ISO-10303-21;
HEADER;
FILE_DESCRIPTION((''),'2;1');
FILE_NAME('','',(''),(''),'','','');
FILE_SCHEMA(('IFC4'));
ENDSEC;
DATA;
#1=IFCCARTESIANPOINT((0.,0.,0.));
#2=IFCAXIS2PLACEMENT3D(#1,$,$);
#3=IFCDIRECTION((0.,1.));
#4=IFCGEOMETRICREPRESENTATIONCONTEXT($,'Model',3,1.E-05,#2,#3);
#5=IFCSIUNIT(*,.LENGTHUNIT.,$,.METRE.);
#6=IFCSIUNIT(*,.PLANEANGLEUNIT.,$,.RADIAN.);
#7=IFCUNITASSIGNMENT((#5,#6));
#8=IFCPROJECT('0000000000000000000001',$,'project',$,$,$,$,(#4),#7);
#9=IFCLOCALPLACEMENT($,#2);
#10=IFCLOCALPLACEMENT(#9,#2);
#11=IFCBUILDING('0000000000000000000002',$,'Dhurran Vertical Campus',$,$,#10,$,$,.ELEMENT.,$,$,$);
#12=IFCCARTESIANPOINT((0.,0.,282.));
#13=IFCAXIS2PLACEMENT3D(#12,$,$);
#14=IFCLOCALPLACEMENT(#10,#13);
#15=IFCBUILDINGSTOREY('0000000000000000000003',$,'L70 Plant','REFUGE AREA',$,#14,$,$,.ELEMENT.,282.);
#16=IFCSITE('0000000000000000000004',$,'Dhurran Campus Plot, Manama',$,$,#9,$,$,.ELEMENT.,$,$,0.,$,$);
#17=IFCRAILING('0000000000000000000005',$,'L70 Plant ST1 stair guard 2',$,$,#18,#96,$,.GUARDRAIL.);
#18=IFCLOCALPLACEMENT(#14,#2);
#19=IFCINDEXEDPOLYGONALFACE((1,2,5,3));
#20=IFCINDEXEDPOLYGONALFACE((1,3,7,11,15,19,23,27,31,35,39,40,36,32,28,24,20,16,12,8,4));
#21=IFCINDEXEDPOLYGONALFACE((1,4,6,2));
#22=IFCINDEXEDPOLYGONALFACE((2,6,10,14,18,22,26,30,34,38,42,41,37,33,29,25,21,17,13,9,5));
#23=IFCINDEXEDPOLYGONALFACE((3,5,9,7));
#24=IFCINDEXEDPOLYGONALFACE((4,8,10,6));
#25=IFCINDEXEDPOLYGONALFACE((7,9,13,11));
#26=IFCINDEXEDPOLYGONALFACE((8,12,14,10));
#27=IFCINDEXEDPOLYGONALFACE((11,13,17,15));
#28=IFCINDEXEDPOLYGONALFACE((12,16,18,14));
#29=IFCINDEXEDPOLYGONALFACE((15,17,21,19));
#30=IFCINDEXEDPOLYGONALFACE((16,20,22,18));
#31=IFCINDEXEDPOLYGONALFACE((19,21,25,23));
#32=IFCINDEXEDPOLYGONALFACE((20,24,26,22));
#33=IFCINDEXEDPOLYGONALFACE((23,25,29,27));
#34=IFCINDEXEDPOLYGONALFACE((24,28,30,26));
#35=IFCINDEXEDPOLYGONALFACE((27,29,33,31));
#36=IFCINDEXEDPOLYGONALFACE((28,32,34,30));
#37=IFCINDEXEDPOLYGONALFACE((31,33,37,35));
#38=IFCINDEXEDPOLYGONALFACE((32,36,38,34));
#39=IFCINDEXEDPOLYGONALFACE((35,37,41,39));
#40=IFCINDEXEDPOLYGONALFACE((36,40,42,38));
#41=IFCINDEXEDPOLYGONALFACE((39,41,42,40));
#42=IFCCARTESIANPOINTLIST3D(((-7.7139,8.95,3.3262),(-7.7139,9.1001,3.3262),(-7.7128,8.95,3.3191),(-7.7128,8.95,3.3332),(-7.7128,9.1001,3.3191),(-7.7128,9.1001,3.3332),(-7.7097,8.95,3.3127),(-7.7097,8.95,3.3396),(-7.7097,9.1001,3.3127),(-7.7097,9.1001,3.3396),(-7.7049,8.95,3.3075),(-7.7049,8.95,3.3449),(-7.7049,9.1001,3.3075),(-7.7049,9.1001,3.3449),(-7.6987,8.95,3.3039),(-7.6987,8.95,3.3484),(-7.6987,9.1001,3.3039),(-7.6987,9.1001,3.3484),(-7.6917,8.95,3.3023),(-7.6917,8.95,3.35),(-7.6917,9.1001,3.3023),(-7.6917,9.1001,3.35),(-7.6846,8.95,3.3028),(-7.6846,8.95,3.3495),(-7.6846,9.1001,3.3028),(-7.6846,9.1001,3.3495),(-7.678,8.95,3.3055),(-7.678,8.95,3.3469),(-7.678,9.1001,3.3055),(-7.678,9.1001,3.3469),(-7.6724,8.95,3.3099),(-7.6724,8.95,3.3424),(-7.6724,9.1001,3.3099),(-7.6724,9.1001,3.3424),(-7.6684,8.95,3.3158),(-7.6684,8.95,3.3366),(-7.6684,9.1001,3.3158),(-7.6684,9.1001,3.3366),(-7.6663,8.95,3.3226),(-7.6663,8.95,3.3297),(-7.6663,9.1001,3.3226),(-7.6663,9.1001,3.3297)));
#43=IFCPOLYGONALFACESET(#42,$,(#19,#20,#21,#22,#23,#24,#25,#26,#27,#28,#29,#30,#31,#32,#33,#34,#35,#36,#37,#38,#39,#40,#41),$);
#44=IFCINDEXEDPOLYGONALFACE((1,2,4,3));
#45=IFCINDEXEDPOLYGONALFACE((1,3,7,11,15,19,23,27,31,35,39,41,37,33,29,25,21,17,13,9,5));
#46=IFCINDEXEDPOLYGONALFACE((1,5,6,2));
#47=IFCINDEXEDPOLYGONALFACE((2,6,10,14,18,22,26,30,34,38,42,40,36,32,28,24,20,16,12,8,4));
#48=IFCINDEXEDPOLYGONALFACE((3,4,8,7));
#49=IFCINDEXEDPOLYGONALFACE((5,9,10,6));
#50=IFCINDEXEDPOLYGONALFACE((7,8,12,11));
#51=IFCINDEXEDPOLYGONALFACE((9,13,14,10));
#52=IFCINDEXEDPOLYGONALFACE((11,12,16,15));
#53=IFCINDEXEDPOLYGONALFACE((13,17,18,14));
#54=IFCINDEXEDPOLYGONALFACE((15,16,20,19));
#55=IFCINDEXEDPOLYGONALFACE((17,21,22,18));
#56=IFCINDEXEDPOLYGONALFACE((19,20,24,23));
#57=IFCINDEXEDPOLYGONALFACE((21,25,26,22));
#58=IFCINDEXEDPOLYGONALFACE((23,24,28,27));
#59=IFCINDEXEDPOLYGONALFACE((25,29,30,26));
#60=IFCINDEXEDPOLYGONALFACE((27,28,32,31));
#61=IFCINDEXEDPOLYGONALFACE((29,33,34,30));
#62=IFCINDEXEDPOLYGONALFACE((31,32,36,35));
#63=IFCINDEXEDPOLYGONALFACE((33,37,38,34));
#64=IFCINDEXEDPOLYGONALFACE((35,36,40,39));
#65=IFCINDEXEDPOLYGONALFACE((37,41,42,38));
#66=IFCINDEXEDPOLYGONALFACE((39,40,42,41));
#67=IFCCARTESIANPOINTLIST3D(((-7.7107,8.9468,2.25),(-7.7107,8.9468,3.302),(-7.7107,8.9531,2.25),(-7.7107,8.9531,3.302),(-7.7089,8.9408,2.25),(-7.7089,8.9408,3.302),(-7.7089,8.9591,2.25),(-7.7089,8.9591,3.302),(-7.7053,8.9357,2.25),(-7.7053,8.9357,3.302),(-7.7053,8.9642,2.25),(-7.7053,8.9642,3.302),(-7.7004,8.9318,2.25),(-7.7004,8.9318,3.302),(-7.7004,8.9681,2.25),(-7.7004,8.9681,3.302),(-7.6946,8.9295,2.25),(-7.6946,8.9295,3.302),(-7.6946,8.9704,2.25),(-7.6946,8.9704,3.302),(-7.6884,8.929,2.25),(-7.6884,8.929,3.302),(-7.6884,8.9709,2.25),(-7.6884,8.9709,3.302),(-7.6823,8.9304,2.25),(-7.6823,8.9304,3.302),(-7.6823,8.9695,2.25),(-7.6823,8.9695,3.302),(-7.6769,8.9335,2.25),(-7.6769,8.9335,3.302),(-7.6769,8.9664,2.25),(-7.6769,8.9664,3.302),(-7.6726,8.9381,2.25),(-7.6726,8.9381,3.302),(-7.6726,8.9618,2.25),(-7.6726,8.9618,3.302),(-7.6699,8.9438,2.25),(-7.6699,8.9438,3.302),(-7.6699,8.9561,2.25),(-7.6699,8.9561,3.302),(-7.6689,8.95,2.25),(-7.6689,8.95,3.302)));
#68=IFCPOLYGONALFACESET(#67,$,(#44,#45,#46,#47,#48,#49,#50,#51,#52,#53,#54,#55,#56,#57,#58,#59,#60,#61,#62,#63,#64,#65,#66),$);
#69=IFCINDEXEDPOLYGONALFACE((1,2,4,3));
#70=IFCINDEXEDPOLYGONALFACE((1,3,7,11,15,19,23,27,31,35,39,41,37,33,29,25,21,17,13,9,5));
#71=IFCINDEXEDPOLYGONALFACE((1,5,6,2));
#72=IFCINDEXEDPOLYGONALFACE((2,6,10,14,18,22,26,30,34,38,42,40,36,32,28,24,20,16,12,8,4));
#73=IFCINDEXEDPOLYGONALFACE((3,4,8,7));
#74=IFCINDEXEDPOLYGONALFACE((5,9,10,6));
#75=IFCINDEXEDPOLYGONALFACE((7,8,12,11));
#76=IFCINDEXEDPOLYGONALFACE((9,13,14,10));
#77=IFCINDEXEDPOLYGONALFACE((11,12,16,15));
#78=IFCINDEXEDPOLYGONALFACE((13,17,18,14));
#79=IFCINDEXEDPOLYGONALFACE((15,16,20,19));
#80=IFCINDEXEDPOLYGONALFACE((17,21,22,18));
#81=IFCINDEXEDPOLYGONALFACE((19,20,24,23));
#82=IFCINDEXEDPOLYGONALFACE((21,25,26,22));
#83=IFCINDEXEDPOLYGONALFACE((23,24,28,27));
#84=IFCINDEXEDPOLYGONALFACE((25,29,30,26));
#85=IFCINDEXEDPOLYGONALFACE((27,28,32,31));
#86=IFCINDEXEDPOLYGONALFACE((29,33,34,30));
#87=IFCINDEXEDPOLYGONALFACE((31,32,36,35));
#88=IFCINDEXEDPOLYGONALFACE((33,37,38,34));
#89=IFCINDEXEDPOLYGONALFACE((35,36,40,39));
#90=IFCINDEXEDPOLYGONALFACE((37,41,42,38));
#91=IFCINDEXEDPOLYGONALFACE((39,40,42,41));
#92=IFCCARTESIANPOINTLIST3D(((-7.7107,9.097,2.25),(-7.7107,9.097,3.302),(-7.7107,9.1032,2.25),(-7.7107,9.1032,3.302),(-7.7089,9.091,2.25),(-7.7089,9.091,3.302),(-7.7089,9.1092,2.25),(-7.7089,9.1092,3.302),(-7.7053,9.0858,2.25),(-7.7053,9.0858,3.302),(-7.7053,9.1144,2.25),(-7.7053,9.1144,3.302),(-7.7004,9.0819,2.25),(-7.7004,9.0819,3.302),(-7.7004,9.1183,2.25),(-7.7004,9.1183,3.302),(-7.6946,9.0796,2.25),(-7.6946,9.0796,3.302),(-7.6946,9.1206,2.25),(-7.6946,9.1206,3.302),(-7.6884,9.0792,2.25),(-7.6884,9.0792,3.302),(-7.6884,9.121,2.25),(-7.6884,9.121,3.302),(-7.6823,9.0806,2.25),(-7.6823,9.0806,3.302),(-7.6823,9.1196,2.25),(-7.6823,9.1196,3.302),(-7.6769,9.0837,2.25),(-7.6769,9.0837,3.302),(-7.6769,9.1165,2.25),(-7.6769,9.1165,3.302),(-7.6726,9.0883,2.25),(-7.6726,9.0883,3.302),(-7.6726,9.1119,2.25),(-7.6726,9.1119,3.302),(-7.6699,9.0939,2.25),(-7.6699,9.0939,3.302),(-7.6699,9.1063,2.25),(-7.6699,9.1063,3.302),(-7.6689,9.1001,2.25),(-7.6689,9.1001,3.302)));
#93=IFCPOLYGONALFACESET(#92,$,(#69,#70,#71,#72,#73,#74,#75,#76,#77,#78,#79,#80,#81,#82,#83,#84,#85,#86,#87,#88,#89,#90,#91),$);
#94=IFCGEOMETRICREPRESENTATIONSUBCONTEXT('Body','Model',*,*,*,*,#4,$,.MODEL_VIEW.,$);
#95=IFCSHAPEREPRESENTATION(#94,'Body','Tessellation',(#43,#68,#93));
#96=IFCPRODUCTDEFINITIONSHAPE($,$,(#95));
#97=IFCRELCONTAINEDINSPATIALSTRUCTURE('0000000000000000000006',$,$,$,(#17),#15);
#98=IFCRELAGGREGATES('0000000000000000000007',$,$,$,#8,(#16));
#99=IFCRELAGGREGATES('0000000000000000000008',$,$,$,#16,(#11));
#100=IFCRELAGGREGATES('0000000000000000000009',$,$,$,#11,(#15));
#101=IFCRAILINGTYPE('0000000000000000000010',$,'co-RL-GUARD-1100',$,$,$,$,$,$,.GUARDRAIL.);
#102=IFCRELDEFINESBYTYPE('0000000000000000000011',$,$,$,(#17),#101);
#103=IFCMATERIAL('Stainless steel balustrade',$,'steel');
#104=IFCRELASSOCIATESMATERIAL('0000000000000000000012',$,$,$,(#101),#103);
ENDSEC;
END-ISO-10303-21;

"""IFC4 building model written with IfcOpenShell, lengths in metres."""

from ifc_helpers import new_model, si_unit, direction, frame, origin, origin_2d, place, context, subcontext, project, spatial, circle, extrude, material, type_object, element, save


model = new_model("IFC4")

# Units and contexts
model_context = context("Model", 3, precision=1e-05, world=origin(), true_north=direction((0.0, 1.0)))
body_context = subcontext(model_context, "Body", "Model", "MODEL_VIEW")
ifc_project = project(units=[si_unit("LENGTHUNIT", "METRE"), si_unit("PLANEANGLEUNIT", "RADIAN")], contexts=[model_context])

# Site, building, storey
site_placement = place(None, origin())
site = spatial("IfcSite", under=ifc_project, at=site_placement, Name="Dhurran Campus Plot, Manama", CompositionType="ELEMENT", RefElevation=0.0)
building_placement = place(site_placement, origin())
building = spatial("IfcBuilding", under=site, at=building_placement, Name="Dhurran Vertical Campus", CompositionType="ELEMENT")
storey_placement = place(building_placement, frame((0.0, 0.0, 282.0)))
storey = spatial("IfcBuildingStorey", under=building, at=storey_placement, Name="L70 Plant", Description="REFUGE AREA", CompositionType="ELEMENT", Elevation=282.0)

# Railing
ifc_material_1 = material(Name="Stainless steel balustrade", Category="steel")
railing_type_1 = type_object("IfcRailingType", Name="co-RL-GUARD-1100", PredefinedType="GUARDRAIL", material=ifc_material_1)
railing_1_placement = place(storey_placement, frame((-7.6899, 8.95, 2.25)))
element("IfcRailing", 1, at=railing_1_placement, inside=storey, type_object=railing_type_1, Name="L70 Plant ST1 stair guard 2", PredefinedType="GUARDRAIL", context=body_context, shape_type="SweptSolid", body=[
    extrude(circle(Radius=0.0239, at=origin_2d()), frame((0.0, 0.0, 1.0762), z_axis=(0.0, 1.0, 0.0), x_axis=(-1.0, 0.0, 0.0)), (0.0, 0.0, 1.0), 0.1501),
    extrude(circle(Radius=0.021, at=origin_2d()), origin(), (0.0, 0.0, 1.0), 1.052),
    extrude(circle(Radius=0.021, at=origin_2d()), frame((0.0, 0.1501, 0.0)), (0.0, 0.0, 1.0), 1.052),
])

save(model, "model.ifc")
